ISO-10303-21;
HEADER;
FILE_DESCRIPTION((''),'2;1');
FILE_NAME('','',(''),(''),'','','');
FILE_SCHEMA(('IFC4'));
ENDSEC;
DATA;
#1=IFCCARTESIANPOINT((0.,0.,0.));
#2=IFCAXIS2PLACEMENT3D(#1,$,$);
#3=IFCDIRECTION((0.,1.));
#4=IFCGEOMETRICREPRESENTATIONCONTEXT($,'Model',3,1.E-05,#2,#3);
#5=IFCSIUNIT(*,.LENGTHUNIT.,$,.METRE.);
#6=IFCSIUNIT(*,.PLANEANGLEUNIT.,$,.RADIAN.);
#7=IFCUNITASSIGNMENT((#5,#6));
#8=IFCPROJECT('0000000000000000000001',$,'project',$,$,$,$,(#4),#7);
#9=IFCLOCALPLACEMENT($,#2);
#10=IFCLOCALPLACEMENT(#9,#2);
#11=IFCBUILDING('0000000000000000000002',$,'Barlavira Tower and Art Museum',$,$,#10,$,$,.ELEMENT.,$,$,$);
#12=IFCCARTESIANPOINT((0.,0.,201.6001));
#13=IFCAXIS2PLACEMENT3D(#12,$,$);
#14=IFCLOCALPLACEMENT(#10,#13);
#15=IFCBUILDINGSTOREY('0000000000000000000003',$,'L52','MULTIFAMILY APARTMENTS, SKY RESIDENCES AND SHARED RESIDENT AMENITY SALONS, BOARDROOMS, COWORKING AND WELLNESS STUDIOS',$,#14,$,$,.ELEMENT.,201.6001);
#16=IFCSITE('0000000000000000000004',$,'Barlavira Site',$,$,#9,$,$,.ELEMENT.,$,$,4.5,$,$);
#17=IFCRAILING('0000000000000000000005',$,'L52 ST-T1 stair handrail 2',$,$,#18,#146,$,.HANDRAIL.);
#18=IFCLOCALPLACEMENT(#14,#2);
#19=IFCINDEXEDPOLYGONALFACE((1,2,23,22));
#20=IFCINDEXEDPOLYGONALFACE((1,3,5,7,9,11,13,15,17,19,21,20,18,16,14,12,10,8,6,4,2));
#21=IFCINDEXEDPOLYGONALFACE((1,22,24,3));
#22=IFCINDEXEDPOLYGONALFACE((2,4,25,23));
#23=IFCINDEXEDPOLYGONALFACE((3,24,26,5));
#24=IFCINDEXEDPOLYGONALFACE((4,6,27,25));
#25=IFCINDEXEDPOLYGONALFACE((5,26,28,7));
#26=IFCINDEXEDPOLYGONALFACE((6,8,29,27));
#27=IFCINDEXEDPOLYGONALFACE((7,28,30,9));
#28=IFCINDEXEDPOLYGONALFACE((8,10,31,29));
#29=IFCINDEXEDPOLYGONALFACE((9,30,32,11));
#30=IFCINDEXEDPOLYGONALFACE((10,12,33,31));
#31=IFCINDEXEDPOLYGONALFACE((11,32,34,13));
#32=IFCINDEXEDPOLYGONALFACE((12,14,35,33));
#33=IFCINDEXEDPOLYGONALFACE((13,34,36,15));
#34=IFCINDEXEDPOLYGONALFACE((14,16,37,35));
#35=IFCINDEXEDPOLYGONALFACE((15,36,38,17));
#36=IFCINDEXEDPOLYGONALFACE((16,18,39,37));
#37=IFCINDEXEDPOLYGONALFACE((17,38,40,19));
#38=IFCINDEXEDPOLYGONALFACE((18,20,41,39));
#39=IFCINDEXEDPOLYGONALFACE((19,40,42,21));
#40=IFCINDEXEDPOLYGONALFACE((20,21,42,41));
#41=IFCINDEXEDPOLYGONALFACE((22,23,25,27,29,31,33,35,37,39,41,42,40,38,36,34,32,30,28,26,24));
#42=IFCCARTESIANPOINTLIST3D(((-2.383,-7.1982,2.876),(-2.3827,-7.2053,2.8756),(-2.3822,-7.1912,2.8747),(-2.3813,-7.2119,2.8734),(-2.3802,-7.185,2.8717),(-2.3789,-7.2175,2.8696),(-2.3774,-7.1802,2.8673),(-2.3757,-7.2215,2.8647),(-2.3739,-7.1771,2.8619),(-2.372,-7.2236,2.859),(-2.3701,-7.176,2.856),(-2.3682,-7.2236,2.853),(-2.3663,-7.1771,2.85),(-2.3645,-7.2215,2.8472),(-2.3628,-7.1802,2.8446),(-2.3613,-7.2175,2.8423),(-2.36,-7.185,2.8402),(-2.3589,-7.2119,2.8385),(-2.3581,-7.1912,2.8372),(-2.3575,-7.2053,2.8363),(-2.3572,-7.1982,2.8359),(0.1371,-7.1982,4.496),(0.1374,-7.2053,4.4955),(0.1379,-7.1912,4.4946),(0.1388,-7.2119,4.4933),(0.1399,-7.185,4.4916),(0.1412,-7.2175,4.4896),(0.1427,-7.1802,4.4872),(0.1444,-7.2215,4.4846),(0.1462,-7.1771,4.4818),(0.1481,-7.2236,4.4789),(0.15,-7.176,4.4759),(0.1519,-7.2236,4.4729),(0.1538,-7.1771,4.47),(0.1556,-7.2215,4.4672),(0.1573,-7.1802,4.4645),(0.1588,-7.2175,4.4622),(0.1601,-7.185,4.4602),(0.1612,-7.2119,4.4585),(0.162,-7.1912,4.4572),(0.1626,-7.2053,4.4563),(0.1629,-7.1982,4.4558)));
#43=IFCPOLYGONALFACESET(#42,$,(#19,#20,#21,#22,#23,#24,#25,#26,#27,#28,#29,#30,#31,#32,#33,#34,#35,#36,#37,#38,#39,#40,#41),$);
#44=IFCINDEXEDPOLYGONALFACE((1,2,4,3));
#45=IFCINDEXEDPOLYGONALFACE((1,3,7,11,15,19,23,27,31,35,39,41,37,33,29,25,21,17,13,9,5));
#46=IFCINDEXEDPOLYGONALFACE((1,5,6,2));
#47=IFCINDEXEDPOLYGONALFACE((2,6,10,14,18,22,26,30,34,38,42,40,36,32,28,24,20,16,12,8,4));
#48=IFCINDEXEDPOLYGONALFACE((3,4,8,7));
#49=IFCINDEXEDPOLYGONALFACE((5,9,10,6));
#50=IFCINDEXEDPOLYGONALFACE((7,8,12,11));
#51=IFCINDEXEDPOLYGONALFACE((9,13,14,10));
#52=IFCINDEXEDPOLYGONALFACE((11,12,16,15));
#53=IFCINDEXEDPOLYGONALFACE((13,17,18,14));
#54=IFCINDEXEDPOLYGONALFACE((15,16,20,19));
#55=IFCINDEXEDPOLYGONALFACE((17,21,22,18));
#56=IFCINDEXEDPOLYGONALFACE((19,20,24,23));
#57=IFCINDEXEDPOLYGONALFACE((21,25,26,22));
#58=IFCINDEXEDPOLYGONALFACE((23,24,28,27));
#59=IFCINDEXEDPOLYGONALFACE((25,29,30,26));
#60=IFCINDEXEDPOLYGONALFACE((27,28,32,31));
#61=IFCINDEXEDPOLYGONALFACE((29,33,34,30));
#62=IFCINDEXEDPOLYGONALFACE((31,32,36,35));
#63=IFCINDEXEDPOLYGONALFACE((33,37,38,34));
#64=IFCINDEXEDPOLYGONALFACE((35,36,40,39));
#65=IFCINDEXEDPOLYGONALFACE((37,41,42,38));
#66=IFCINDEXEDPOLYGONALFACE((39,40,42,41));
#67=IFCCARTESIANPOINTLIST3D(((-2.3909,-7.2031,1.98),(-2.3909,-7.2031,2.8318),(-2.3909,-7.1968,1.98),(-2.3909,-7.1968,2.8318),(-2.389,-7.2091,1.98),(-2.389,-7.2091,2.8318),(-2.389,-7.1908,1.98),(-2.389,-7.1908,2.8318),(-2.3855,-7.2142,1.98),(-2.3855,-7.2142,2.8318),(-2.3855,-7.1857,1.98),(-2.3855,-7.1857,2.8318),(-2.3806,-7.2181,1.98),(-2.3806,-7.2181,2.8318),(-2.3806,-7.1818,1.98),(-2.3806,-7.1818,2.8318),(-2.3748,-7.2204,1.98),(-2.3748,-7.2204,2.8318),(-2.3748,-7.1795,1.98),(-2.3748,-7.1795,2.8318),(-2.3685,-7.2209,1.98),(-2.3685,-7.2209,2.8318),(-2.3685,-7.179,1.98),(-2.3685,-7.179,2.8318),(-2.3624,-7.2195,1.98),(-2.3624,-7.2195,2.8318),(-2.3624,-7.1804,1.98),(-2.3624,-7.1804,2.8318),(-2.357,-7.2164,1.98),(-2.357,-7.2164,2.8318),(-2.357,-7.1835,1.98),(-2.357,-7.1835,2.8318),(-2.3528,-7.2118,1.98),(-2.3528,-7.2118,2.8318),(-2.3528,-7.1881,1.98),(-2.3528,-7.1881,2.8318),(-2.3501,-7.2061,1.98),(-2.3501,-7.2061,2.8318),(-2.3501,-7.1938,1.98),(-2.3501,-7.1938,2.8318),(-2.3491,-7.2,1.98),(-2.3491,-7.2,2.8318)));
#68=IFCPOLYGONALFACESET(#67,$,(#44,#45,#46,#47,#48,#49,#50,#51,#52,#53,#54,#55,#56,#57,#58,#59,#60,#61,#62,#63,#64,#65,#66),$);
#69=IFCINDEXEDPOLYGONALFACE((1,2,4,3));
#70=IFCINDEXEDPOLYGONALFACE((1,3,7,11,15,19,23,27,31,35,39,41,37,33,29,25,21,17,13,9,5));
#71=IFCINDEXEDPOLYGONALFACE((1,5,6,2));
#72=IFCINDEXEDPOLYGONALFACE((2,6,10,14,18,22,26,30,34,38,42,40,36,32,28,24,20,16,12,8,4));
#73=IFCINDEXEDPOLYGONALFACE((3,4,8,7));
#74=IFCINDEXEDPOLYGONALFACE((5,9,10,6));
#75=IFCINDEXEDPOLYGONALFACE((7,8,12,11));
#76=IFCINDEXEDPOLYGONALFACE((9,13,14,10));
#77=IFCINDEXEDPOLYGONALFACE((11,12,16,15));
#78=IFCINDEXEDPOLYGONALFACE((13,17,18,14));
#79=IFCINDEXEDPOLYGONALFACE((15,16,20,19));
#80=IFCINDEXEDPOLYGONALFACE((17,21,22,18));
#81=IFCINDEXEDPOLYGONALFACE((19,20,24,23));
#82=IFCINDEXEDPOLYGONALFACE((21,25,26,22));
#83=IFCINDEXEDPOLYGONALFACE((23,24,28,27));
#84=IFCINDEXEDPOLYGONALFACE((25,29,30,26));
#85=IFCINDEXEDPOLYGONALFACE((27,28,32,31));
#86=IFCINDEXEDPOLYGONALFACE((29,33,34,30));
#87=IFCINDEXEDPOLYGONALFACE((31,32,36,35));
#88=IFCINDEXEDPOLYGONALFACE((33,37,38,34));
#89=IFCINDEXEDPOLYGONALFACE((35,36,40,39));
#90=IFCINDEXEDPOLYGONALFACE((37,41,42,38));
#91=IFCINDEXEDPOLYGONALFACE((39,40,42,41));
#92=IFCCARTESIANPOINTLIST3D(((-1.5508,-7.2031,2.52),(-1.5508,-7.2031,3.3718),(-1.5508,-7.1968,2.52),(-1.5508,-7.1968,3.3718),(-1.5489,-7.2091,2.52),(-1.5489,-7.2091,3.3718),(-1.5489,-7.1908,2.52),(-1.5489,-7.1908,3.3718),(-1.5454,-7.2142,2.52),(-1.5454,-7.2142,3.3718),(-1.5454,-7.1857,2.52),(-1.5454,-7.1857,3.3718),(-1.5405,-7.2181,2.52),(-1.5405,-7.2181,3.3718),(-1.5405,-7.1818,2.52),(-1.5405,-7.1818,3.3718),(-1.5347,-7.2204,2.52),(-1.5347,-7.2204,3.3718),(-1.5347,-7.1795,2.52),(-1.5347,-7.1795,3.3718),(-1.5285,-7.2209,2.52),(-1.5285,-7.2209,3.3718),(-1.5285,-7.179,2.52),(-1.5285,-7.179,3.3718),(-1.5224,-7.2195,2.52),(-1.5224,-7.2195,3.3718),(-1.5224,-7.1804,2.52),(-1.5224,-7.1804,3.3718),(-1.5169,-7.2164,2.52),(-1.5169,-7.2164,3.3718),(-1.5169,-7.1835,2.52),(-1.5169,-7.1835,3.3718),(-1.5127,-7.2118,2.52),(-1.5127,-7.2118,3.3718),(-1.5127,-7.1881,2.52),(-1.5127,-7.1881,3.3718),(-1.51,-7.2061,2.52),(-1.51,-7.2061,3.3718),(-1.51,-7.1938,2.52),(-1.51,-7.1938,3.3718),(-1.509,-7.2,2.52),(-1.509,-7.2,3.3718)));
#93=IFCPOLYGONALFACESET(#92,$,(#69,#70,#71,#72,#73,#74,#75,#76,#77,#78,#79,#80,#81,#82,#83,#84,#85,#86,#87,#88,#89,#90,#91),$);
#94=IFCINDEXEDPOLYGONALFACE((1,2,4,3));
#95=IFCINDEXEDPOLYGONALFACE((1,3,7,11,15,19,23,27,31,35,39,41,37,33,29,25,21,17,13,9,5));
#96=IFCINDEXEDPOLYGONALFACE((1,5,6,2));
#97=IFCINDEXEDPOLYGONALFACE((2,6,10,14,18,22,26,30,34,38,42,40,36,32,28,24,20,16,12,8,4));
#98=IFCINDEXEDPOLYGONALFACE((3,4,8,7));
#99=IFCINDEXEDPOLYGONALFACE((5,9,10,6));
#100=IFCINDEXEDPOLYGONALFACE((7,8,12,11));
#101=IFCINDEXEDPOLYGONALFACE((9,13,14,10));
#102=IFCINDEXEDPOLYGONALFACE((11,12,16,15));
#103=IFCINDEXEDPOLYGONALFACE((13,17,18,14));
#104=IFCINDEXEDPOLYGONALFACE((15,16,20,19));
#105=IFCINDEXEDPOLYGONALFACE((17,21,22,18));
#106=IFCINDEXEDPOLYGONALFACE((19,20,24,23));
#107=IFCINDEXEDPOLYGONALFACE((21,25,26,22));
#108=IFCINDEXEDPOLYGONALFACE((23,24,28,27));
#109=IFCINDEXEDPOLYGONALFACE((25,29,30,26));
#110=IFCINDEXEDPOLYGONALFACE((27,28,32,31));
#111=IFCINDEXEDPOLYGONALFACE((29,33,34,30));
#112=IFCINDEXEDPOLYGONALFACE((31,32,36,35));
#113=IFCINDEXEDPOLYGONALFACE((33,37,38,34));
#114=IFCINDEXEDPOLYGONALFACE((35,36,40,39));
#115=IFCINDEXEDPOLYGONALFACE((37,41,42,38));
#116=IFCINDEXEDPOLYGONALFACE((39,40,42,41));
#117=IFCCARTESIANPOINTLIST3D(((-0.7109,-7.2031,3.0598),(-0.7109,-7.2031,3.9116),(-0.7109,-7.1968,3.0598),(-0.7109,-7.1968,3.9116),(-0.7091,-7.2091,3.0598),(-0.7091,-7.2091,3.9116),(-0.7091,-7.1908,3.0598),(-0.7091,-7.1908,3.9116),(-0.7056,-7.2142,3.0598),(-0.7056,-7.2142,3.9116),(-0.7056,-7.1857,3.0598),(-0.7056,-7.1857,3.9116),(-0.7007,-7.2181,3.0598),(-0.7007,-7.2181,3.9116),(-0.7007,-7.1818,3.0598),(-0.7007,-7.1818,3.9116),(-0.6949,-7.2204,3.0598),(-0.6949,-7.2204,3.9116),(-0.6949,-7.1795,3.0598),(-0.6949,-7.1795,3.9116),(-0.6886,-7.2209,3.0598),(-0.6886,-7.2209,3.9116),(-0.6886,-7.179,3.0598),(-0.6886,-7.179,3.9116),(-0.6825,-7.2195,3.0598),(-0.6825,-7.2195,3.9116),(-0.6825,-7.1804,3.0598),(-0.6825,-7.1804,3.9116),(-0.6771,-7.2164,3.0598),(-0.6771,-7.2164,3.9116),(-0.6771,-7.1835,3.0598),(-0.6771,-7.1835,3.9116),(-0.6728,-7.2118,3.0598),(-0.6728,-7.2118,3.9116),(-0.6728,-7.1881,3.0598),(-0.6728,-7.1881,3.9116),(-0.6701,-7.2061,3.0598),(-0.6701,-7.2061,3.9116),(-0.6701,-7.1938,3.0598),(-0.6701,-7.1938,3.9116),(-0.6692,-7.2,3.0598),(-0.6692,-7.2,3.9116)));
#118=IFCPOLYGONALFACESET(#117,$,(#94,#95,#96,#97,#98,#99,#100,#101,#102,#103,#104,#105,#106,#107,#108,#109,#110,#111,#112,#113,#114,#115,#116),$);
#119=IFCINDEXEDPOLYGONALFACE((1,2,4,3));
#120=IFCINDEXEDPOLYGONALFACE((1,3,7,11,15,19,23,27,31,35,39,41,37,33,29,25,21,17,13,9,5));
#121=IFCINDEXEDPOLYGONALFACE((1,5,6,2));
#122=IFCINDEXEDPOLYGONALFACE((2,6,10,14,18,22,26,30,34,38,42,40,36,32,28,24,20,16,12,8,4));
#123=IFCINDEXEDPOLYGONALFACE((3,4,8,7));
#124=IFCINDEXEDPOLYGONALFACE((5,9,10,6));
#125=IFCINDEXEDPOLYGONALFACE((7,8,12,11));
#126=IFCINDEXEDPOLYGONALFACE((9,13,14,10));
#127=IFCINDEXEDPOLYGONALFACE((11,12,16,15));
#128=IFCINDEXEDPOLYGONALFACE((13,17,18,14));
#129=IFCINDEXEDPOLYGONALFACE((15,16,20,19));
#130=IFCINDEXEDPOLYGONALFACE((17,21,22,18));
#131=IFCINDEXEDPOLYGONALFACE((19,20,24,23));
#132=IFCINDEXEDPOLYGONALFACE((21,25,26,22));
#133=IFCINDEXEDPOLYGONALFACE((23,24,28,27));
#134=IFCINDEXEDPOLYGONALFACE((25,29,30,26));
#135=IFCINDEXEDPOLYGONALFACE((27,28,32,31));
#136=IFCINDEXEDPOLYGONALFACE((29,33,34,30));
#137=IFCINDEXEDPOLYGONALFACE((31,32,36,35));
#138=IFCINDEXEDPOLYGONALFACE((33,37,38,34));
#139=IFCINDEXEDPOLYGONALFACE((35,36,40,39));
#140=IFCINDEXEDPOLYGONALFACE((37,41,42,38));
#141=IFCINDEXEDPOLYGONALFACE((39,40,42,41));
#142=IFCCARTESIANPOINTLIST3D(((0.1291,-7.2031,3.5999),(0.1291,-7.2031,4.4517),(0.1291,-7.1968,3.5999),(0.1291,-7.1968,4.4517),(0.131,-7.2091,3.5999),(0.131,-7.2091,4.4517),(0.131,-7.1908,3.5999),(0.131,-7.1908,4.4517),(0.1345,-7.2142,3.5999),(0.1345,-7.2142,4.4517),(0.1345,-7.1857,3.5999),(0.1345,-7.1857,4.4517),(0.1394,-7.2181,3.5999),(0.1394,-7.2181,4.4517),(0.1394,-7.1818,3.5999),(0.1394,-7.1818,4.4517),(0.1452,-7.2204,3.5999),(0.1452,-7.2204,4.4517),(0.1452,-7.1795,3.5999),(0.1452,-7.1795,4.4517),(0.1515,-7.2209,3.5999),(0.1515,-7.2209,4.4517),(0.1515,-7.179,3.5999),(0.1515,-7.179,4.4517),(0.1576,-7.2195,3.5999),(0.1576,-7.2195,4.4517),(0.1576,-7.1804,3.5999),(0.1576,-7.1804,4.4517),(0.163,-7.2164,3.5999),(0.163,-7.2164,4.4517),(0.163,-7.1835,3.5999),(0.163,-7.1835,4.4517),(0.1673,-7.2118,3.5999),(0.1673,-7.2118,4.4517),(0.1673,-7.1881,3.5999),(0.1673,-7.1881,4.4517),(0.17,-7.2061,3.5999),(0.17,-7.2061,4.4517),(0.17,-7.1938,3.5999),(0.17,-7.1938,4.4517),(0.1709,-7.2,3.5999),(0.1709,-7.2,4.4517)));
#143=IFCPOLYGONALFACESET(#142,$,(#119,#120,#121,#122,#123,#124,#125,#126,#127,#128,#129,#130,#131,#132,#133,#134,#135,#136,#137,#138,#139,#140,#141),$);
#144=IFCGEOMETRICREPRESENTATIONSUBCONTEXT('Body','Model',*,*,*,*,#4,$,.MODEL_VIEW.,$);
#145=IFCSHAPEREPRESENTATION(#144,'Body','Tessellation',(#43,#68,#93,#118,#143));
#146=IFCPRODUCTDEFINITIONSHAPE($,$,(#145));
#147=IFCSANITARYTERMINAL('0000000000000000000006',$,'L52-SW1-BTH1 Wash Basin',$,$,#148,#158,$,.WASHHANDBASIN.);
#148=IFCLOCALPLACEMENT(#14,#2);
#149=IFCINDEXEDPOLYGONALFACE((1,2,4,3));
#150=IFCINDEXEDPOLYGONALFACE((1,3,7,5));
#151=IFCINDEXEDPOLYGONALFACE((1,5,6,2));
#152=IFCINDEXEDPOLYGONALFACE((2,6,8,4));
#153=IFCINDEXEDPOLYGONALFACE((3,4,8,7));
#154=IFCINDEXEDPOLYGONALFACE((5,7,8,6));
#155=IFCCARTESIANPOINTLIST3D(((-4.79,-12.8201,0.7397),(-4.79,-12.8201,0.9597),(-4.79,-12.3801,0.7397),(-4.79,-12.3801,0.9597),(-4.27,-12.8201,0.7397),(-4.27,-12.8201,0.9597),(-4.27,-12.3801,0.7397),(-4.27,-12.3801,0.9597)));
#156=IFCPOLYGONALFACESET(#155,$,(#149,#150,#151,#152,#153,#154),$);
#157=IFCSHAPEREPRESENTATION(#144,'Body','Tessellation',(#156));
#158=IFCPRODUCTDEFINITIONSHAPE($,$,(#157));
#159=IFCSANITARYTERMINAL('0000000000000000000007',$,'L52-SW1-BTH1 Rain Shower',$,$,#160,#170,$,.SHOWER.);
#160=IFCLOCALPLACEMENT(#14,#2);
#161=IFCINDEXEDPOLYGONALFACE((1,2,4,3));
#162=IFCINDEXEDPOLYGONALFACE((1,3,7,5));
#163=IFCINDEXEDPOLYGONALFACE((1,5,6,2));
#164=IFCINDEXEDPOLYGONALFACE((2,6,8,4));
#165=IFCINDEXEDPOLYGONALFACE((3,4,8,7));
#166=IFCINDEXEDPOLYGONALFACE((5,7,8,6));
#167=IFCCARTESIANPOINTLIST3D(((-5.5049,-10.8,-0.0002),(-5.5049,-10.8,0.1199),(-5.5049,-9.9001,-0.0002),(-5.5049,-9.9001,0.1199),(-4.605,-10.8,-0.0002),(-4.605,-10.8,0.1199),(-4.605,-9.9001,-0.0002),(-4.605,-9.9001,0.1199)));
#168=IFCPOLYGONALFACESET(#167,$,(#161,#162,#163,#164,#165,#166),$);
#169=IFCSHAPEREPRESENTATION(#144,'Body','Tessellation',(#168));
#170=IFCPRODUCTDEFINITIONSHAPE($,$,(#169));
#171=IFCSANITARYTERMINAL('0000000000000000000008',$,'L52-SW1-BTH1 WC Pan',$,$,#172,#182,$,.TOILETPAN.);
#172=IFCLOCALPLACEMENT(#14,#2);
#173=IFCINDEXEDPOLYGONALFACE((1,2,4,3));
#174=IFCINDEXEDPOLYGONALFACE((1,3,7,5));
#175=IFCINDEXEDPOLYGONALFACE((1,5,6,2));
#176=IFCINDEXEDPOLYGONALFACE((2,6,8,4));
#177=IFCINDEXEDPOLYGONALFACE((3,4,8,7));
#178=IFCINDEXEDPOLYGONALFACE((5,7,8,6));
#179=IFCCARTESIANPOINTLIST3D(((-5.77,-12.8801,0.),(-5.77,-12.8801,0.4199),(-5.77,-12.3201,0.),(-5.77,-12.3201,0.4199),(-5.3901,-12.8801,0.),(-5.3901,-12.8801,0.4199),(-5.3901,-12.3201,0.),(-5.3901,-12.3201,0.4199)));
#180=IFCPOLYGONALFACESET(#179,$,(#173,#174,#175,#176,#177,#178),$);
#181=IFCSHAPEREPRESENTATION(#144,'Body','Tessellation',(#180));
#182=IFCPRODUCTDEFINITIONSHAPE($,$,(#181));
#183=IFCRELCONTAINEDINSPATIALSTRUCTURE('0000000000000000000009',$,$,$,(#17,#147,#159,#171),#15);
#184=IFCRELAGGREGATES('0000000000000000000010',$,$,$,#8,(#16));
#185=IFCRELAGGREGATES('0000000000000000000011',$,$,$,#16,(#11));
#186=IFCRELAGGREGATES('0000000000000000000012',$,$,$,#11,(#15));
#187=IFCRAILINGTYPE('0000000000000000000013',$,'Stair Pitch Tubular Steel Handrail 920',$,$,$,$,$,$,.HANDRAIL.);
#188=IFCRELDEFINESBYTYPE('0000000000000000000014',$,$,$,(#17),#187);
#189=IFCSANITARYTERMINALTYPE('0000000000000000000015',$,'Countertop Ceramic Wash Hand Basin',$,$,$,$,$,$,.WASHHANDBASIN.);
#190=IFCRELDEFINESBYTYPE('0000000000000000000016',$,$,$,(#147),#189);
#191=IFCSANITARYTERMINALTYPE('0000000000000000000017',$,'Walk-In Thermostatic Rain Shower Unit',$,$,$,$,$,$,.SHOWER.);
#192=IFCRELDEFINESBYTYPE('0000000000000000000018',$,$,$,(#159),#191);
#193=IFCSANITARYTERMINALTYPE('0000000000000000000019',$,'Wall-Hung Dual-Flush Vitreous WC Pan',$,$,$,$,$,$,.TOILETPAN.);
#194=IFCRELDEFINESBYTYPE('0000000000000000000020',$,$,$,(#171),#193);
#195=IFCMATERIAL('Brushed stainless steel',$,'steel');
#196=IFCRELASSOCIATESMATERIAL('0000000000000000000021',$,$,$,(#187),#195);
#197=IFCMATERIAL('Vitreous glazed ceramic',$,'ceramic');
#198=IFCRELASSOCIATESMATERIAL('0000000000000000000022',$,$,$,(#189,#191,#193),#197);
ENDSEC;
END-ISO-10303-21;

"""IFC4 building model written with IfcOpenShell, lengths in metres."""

from ifc_helpers import new_model, si_unit, direction, frame, origin, origin_2d, place, context, subcontext, project, spatial, rectangle, circle, extrude, material, type_object, element, save


model = new_model("IFC4")

# Units and contexts
model_context = context("Model", 3, precision=1e-05, world=origin(), true_north=direction((0.0, 1.0)))
body_context = subcontext(model_context, "Body", "Model", "MODEL_VIEW")
ifc_project = project(units=[si_unit("LENGTHUNIT", "METRE"), si_unit("PLANEANGLEUNIT", "RADIAN")], contexts=[model_context])

# Site, building, storey
site_placement = place(None, origin())
site = spatial("IfcSite", under=ifc_project, at=site_placement, Name="Barlavira Site", CompositionType="ELEMENT", RefElevation=4.5)
building_placement = place(site_placement, origin())
building = spatial("IfcBuilding", under=site, at=building_placement, Name="Barlavira Tower and Art Museum", CompositionType="ELEMENT")
storey_placement = place(building_placement, frame((0.0, 0.0, 201.6001)))
storey = spatial("IfcBuildingStorey", under=building, at=storey_placement, Name="L52", Description="MULTIFAMILY APARTMENTS, SKY RESIDENCES AND SHARED RESIDENT AMENITY SALONS, BOARDROOMS, COWORKING AND WELLNESS STUDIOS", CompositionType="ELEMENT", Elevation=201.6001)

# Shared definitions
ifc_material_1 = material(Name="Brushed stainless steel", Category="steel")

# Railing
railing_type_1 = type_object("IfcRailingType", Name="Stair Pitch Tubular Steel Handrail 920", PredefinedType="HANDRAIL", material=ifc_material_1)
railing_1_placement = place(storey_placement, frame((-2.3701, -7.2, 1.98)))
element("IfcRailing", 1, at=railing_1_placement, inside=storey, type_object=railing_type_1, Name="L52 ST-T1 stair handrail 2", PredefinedType="HANDRAIL", context=body_context, shape_type="SweptSolid", body=[
    extrude(circle(Radius=0.0239, at=origin_2d()), frame((0.0, 0.0, 0.876), z_axis=(0.8412, 0.0, 0.540725), x_axis=(0.0, 1.0, 0.0)), (0.0, 0.0, 1.0), 2.9958),
    extrude(circle(Radius=0.021, at=origin_2d()), origin(), (0.0, 0.0, 1.0), 0.8518),
    extrude(circle(Radius=0.021, at=origin_2d()), frame((0.8401, 0.0, 0.54)), (0.0, 0.0, 1.0), 0.8518),
    extrude(circle(Radius=0.021, at=origin_2d()), frame((1.6799, 0.0, 1.0798)), (0.0, 0.0, 1.0), 0.8518),
    extrude(circle(Radius=0.021, at=origin_2d()), frame((2.52, 0.0, 1.6199)), (0.0, 0.0, 1.0), 0.8518),
])

# Sanitary terminals
ifc_material_2 = material(Name="Vitreous glazed ceramic", Category="ceramic")
sanitary_terminal_type_1 = type_object("IfcSanitaryTerminalType", Name="Countertop Ceramic Wash Hand Basin", PredefinedType="WASHHANDBASIN", material=ifc_material_2)
sanitary_terminal_1_placement = place(storey_placement, frame((-4.53, -12.6001, 0.7397), z_axis=(0.0, 0.0, 1.0), x_axis=(1.0, 0.0, 0.0)))
element("IfcSanitaryTerminal", 2, at=sanitary_terminal_1_placement, inside=storey, type_object=sanitary_terminal_type_1, Name="L52-SW1-BTH1 Wash Basin", PredefinedType="WASHHANDBASIN", context=body_context, shape_type="SweptSolid", body=[
    extrude(rectangle(XDim=0.52, YDim=0.4399, at=origin_2d()), origin(), (0.0, 0.0, 1.0), 0.22),
])
sanitary_terminal_type_2 = type_object("IfcSanitaryTerminalType", Name="Walk-In Thermostatic Rain Shower Unit", PredefinedType="SHOWER", material=ifc_material_2)
sanitary_terminal_2_placement = place(storey_placement, frame((-5.0549, -10.3501, -0.0002), z_axis=(0.0, 0.0, 1.0), x_axis=(1.0, 0.0, 0.0)))
element("IfcSanitaryTerminal", 3, at=sanitary_terminal_2_placement, inside=storey, type_object=sanitary_terminal_type_2, Name="L52-SW1-BTH1 Rain Shower", PredefinedType="SHOWER", context=body_context, shape_type="SweptSolid", body=[
    extrude(rectangle(XDim=0.8999, YDim=0.8999, at=origin_2d()), origin(), (0.0, 0.0, 1.0), 0.1201),
])
sanitary_terminal_type_3 = type_object("IfcSanitaryTerminalType", Name="Wall-Hung Dual-Flush Vitreous WC Pan", PredefinedType="TOILETPAN", material=ifc_material_2)
sanitary_terminal_3_placement = place(storey_placement, frame((-5.5801, -12.6001, 0.0), z_axis=(0.0, 0.0, 1.0), x_axis=(1.0, 0.0, 0.0)))
element("IfcSanitaryTerminal", 4, at=sanitary_terminal_3_placement, inside=storey, type_object=sanitary_terminal_type_3, Name="L52-SW1-BTH1 WC Pan", PredefinedType="TOILETPAN", context=body_context, shape_type="SweptSolid", body=[
    extrude(rectangle(XDim=0.3799, YDim=0.5601, at=origin_2d()), origin(), (0.0, 0.0, 1.0), 0.4199),
])

save(model, "model.ifc")
